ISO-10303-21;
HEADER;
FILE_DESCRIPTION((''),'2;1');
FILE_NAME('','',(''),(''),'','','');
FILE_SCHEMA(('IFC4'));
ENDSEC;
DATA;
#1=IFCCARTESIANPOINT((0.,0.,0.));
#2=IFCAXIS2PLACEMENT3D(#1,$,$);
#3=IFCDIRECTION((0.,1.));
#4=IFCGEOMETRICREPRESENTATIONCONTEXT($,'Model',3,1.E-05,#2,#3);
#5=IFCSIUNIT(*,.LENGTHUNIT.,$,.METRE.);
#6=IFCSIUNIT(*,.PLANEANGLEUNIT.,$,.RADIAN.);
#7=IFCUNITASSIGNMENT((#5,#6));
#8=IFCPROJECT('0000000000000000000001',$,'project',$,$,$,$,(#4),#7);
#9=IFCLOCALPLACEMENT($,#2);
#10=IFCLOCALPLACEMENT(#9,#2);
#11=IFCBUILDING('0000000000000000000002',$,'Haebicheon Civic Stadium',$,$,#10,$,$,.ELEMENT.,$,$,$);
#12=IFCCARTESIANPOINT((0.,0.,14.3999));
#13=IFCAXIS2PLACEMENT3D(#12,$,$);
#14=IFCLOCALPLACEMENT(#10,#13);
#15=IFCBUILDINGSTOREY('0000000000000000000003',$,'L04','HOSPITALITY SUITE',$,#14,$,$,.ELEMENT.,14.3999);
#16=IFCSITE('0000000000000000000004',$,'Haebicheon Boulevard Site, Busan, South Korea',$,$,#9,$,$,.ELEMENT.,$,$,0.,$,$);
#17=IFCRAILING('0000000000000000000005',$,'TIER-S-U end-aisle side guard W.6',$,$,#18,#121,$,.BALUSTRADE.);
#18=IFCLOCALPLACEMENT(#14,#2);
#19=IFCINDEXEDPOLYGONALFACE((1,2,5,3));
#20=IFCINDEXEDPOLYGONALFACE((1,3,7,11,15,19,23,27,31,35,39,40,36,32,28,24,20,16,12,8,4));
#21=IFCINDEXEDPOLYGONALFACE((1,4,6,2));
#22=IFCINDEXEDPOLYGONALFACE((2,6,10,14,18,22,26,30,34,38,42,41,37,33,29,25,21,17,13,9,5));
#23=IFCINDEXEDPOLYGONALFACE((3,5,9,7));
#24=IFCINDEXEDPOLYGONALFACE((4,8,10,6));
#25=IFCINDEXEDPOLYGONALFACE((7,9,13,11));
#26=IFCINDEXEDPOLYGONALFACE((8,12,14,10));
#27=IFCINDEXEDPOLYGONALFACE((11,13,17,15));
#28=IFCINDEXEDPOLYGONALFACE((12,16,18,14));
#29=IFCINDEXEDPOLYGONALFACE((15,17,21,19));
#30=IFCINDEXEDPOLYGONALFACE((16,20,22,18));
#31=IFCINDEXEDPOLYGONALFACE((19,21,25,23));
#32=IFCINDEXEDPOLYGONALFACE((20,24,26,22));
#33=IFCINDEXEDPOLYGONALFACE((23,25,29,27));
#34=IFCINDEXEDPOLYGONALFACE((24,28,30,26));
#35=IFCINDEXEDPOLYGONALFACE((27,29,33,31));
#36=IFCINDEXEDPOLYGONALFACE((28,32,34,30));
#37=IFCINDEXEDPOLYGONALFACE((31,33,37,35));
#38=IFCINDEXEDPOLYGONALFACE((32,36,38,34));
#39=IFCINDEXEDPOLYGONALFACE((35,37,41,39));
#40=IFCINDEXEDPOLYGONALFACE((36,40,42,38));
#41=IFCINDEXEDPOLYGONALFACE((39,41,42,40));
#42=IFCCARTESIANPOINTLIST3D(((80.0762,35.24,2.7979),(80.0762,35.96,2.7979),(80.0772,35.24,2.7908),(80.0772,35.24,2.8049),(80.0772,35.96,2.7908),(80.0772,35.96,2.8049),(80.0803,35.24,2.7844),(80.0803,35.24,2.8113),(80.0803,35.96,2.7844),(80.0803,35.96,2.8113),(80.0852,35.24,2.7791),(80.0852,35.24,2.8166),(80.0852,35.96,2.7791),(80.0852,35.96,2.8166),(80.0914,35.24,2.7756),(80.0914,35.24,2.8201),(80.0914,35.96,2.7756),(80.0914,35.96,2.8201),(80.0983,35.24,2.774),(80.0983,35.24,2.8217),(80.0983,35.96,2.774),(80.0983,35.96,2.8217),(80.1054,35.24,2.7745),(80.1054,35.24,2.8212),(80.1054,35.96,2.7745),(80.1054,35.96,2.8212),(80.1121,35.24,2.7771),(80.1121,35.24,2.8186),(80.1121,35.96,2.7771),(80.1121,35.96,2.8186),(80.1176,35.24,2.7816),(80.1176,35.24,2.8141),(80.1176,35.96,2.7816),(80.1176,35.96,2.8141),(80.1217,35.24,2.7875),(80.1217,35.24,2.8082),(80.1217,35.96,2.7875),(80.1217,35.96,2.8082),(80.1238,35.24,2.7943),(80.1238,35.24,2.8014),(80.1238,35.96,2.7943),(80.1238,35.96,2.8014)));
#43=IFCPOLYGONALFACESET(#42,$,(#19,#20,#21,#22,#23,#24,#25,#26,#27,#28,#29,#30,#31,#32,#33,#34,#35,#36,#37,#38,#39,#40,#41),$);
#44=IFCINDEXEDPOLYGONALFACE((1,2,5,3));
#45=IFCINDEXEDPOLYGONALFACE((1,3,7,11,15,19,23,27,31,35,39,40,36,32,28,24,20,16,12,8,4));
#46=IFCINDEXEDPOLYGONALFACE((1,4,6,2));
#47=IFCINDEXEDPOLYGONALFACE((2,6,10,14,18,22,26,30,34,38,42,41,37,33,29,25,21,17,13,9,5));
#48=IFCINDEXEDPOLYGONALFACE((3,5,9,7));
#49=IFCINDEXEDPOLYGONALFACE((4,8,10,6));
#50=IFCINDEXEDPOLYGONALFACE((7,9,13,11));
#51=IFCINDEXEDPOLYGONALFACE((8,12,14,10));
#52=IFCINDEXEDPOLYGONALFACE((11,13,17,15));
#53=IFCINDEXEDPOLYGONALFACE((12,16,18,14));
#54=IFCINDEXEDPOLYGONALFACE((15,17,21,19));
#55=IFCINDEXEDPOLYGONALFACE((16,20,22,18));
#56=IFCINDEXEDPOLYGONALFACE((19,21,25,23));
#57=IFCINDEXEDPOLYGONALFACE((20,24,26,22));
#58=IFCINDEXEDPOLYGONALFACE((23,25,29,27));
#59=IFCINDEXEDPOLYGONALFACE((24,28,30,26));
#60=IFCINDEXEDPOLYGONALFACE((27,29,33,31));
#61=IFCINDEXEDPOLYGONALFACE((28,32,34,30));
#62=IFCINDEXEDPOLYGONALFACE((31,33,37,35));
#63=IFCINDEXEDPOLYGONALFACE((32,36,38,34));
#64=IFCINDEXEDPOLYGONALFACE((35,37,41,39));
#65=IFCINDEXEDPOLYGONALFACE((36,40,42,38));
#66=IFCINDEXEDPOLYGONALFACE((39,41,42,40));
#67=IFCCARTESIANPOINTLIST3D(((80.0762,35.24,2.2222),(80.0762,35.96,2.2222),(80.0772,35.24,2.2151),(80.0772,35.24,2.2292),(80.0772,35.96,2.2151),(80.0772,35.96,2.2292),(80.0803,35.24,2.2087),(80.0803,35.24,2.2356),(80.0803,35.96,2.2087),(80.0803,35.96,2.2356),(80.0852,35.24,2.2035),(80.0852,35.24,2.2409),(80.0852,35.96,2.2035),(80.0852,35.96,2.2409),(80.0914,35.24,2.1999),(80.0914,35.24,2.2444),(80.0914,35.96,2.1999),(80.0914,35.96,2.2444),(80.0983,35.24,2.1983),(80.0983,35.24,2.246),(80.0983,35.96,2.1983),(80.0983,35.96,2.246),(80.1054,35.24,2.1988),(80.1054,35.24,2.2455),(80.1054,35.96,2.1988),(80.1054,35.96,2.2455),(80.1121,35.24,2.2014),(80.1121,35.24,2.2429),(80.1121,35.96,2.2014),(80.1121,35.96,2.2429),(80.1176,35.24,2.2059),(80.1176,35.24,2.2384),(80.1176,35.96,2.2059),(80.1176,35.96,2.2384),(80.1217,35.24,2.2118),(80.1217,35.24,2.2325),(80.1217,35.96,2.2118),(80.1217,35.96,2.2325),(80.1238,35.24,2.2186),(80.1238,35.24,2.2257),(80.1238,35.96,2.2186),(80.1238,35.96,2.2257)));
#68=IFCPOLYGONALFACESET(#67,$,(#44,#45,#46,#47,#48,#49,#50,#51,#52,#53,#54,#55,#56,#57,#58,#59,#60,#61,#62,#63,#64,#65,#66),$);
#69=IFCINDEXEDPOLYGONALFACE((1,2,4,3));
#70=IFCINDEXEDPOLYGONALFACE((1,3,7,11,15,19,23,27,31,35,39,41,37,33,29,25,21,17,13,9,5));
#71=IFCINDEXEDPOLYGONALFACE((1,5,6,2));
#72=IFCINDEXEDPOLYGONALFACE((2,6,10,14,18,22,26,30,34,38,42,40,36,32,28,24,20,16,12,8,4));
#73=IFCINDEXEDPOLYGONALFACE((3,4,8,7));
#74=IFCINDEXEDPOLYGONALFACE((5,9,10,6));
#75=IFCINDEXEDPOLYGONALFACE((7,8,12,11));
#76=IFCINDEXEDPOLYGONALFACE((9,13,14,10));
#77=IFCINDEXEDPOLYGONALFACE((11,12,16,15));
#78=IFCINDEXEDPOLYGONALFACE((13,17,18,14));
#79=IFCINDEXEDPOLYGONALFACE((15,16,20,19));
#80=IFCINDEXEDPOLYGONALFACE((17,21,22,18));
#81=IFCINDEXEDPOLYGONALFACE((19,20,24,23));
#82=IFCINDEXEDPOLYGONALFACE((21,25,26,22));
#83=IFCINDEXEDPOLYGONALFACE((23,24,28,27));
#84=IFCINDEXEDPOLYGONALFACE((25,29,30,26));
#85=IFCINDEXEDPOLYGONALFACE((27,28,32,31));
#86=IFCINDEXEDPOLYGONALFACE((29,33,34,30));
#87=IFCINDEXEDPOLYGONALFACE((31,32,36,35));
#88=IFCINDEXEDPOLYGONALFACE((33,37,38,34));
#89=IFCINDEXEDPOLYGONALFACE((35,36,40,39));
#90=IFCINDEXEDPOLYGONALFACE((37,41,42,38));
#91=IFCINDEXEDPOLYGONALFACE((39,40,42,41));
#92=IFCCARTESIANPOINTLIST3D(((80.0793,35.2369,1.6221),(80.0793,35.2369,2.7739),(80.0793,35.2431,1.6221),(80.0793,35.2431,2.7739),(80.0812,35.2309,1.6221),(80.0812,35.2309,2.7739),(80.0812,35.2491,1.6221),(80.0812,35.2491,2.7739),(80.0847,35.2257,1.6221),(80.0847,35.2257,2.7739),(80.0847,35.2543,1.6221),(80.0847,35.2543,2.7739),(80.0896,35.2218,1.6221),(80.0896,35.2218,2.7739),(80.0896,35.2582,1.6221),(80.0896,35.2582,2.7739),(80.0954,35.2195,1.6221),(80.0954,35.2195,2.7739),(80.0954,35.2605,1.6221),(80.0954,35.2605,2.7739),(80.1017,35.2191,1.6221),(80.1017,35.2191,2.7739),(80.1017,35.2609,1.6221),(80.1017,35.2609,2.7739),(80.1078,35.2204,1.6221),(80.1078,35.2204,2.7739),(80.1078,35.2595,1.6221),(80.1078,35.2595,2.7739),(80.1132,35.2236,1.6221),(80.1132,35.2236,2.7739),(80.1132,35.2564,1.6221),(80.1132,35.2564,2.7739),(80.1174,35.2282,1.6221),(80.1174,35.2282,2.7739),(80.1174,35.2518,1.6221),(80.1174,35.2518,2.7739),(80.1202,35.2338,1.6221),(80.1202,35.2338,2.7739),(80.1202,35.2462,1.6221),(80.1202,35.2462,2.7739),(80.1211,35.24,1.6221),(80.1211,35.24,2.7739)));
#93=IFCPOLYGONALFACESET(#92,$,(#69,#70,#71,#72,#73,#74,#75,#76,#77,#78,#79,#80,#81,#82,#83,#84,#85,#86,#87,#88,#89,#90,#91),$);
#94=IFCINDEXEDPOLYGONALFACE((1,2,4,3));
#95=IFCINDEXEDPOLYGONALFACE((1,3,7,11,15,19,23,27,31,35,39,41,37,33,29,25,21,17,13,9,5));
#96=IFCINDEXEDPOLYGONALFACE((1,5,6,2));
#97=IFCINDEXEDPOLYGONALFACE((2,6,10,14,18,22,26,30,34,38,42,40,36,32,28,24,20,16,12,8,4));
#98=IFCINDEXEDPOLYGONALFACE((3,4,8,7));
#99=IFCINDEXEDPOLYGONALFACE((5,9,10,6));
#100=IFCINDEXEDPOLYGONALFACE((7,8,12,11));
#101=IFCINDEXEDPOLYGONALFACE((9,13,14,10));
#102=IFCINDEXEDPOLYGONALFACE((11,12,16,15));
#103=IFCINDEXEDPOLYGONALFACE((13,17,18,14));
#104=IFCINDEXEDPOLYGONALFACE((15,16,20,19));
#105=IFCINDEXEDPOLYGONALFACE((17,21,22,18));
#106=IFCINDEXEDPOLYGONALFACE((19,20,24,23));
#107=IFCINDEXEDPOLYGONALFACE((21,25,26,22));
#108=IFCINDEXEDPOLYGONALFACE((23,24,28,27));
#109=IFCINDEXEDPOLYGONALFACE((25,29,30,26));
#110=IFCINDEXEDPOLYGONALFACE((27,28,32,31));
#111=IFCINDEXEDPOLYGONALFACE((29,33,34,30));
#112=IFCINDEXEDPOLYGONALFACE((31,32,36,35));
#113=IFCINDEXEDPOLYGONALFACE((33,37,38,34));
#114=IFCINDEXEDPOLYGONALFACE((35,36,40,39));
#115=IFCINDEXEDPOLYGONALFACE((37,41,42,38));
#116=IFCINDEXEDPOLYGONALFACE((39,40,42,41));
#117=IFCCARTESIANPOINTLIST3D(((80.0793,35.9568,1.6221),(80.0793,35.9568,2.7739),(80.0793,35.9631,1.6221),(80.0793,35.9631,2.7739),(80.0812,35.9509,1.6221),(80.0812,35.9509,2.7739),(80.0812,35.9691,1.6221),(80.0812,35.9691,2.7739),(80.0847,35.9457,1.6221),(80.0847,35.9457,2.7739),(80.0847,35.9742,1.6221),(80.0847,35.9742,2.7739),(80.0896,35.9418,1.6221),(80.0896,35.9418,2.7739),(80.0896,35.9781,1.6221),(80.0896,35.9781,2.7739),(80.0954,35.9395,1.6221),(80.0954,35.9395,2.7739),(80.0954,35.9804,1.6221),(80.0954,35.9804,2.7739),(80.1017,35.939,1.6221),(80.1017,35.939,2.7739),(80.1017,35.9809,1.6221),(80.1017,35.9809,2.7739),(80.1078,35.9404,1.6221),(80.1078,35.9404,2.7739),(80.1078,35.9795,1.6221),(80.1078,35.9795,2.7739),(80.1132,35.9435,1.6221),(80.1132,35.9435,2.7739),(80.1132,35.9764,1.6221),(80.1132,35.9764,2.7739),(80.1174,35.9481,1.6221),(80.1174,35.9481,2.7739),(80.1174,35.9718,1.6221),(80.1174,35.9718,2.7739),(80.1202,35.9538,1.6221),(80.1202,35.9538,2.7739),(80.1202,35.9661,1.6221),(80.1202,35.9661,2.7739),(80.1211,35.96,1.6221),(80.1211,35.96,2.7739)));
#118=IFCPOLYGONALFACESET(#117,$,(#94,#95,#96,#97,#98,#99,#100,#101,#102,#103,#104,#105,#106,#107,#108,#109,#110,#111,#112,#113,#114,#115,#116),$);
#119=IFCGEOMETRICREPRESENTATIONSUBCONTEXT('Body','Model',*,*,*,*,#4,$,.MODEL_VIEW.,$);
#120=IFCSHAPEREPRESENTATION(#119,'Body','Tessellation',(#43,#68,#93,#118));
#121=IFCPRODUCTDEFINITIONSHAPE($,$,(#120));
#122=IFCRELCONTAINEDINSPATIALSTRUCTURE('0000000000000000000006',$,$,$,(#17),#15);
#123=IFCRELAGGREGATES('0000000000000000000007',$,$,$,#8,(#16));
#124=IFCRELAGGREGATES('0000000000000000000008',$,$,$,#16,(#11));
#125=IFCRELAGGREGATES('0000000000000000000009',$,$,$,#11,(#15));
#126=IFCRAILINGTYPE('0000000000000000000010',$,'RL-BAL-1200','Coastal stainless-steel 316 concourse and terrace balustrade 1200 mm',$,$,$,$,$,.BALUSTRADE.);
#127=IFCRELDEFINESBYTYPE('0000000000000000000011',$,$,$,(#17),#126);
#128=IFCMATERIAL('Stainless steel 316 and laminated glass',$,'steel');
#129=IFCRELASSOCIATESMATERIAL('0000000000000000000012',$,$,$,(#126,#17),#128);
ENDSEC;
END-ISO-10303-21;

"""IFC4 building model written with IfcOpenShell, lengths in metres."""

from ifc_helpers import new_model, si_unit, direction, frame, origin, origin_2d, place, context, subcontext, project, spatial, circle, extrude, material, type_object, element, save


model = new_model("IFC4")

# Units and contexts
model_context = context("Model", 3, precision=1e-05, world=origin(), true_north=direction((0.0, 1.0)))
body_context = subcontext(model_context, "Body", "Model", "MODEL_VIEW")
ifc_project = project(units=[si_unit("LENGTHUNIT", "METRE"), si_unit("PLANEANGLEUNIT", "RADIAN")], contexts=[model_context])

# Site, building, storey
site_placement = place(None, origin())
site = spatial("IfcSite", under=ifc_project, at=site_placement, Name="Haebicheon Boulevard Site, Busan, South Korea", CompositionType="ELEMENT", RefElevation=0.0)
building_placement = place(site_placement, origin())
building = spatial("IfcBuilding", under=site, at=building_placement, Name="Haebicheon Civic Stadium", CompositionType="ELEMENT")
storey_placement = place(building_placement, frame((0.0, 0.0, 14.3999)))
storey = spatial("IfcBuildingStorey", under=building, at=storey_placement, Name="L04", Description="HOSPITALITY SUITE", CompositionType="ELEMENT", Elevation=14.3999)

# Railing
ifc_material_1 = material(Name="Stainless steel 316 and laminated glass", Category="steel")
railing_type = type_object("IfcRailingType", Name="RL-BAL-1200", Description="Coastal stainless-steel 316 concourse and terrace balustrade 1200 mm", PredefinedType="BALUSTRADE", material=ifc_material_1)
for number, where, name in (
    (1, (80.1001, 35.24, 1.6221), "TIER-S-U end-aisle side guard W.6"),
):
    element("IfcRailing", number, at=place(storey_placement, frame(where)), inside=storey, type_object=railing_type, material=ifc_material_1, Name=name, PredefinedType="BALUSTRADE", context=body_context, shape_type="SweptSolid", body=[
        extrude(circle(Radius=0.0239, at=origin_2d()), frame((0.0, 0.0, 1.1758), z_axis=(0.0, 1.0, 0.0), x_axis=(-1.0, 0.0, 0.0)), (0.0, 0.0, 1.0), 0.72),
        extrude(circle(Radius=0.0239, at=origin_2d()), frame((0.0, 0.0, 0.6001), z_axis=(0.0, 1.0, 0.0), x_axis=(-1.0, 0.0, 0.0)), (0.0, 0.0, 1.0), 0.72),
        extrude(circle(Radius=0.021, at=origin_2d()), origin(), (0.0, 0.0, 1.0), 1.1519),
        extrude(circle(Radius=0.021, at=origin_2d()), frame((0.0, 0.72, 0.0)), (0.0, 0.0, 1.0), 1.1519),
    ])

save(model, "model.ifc")
